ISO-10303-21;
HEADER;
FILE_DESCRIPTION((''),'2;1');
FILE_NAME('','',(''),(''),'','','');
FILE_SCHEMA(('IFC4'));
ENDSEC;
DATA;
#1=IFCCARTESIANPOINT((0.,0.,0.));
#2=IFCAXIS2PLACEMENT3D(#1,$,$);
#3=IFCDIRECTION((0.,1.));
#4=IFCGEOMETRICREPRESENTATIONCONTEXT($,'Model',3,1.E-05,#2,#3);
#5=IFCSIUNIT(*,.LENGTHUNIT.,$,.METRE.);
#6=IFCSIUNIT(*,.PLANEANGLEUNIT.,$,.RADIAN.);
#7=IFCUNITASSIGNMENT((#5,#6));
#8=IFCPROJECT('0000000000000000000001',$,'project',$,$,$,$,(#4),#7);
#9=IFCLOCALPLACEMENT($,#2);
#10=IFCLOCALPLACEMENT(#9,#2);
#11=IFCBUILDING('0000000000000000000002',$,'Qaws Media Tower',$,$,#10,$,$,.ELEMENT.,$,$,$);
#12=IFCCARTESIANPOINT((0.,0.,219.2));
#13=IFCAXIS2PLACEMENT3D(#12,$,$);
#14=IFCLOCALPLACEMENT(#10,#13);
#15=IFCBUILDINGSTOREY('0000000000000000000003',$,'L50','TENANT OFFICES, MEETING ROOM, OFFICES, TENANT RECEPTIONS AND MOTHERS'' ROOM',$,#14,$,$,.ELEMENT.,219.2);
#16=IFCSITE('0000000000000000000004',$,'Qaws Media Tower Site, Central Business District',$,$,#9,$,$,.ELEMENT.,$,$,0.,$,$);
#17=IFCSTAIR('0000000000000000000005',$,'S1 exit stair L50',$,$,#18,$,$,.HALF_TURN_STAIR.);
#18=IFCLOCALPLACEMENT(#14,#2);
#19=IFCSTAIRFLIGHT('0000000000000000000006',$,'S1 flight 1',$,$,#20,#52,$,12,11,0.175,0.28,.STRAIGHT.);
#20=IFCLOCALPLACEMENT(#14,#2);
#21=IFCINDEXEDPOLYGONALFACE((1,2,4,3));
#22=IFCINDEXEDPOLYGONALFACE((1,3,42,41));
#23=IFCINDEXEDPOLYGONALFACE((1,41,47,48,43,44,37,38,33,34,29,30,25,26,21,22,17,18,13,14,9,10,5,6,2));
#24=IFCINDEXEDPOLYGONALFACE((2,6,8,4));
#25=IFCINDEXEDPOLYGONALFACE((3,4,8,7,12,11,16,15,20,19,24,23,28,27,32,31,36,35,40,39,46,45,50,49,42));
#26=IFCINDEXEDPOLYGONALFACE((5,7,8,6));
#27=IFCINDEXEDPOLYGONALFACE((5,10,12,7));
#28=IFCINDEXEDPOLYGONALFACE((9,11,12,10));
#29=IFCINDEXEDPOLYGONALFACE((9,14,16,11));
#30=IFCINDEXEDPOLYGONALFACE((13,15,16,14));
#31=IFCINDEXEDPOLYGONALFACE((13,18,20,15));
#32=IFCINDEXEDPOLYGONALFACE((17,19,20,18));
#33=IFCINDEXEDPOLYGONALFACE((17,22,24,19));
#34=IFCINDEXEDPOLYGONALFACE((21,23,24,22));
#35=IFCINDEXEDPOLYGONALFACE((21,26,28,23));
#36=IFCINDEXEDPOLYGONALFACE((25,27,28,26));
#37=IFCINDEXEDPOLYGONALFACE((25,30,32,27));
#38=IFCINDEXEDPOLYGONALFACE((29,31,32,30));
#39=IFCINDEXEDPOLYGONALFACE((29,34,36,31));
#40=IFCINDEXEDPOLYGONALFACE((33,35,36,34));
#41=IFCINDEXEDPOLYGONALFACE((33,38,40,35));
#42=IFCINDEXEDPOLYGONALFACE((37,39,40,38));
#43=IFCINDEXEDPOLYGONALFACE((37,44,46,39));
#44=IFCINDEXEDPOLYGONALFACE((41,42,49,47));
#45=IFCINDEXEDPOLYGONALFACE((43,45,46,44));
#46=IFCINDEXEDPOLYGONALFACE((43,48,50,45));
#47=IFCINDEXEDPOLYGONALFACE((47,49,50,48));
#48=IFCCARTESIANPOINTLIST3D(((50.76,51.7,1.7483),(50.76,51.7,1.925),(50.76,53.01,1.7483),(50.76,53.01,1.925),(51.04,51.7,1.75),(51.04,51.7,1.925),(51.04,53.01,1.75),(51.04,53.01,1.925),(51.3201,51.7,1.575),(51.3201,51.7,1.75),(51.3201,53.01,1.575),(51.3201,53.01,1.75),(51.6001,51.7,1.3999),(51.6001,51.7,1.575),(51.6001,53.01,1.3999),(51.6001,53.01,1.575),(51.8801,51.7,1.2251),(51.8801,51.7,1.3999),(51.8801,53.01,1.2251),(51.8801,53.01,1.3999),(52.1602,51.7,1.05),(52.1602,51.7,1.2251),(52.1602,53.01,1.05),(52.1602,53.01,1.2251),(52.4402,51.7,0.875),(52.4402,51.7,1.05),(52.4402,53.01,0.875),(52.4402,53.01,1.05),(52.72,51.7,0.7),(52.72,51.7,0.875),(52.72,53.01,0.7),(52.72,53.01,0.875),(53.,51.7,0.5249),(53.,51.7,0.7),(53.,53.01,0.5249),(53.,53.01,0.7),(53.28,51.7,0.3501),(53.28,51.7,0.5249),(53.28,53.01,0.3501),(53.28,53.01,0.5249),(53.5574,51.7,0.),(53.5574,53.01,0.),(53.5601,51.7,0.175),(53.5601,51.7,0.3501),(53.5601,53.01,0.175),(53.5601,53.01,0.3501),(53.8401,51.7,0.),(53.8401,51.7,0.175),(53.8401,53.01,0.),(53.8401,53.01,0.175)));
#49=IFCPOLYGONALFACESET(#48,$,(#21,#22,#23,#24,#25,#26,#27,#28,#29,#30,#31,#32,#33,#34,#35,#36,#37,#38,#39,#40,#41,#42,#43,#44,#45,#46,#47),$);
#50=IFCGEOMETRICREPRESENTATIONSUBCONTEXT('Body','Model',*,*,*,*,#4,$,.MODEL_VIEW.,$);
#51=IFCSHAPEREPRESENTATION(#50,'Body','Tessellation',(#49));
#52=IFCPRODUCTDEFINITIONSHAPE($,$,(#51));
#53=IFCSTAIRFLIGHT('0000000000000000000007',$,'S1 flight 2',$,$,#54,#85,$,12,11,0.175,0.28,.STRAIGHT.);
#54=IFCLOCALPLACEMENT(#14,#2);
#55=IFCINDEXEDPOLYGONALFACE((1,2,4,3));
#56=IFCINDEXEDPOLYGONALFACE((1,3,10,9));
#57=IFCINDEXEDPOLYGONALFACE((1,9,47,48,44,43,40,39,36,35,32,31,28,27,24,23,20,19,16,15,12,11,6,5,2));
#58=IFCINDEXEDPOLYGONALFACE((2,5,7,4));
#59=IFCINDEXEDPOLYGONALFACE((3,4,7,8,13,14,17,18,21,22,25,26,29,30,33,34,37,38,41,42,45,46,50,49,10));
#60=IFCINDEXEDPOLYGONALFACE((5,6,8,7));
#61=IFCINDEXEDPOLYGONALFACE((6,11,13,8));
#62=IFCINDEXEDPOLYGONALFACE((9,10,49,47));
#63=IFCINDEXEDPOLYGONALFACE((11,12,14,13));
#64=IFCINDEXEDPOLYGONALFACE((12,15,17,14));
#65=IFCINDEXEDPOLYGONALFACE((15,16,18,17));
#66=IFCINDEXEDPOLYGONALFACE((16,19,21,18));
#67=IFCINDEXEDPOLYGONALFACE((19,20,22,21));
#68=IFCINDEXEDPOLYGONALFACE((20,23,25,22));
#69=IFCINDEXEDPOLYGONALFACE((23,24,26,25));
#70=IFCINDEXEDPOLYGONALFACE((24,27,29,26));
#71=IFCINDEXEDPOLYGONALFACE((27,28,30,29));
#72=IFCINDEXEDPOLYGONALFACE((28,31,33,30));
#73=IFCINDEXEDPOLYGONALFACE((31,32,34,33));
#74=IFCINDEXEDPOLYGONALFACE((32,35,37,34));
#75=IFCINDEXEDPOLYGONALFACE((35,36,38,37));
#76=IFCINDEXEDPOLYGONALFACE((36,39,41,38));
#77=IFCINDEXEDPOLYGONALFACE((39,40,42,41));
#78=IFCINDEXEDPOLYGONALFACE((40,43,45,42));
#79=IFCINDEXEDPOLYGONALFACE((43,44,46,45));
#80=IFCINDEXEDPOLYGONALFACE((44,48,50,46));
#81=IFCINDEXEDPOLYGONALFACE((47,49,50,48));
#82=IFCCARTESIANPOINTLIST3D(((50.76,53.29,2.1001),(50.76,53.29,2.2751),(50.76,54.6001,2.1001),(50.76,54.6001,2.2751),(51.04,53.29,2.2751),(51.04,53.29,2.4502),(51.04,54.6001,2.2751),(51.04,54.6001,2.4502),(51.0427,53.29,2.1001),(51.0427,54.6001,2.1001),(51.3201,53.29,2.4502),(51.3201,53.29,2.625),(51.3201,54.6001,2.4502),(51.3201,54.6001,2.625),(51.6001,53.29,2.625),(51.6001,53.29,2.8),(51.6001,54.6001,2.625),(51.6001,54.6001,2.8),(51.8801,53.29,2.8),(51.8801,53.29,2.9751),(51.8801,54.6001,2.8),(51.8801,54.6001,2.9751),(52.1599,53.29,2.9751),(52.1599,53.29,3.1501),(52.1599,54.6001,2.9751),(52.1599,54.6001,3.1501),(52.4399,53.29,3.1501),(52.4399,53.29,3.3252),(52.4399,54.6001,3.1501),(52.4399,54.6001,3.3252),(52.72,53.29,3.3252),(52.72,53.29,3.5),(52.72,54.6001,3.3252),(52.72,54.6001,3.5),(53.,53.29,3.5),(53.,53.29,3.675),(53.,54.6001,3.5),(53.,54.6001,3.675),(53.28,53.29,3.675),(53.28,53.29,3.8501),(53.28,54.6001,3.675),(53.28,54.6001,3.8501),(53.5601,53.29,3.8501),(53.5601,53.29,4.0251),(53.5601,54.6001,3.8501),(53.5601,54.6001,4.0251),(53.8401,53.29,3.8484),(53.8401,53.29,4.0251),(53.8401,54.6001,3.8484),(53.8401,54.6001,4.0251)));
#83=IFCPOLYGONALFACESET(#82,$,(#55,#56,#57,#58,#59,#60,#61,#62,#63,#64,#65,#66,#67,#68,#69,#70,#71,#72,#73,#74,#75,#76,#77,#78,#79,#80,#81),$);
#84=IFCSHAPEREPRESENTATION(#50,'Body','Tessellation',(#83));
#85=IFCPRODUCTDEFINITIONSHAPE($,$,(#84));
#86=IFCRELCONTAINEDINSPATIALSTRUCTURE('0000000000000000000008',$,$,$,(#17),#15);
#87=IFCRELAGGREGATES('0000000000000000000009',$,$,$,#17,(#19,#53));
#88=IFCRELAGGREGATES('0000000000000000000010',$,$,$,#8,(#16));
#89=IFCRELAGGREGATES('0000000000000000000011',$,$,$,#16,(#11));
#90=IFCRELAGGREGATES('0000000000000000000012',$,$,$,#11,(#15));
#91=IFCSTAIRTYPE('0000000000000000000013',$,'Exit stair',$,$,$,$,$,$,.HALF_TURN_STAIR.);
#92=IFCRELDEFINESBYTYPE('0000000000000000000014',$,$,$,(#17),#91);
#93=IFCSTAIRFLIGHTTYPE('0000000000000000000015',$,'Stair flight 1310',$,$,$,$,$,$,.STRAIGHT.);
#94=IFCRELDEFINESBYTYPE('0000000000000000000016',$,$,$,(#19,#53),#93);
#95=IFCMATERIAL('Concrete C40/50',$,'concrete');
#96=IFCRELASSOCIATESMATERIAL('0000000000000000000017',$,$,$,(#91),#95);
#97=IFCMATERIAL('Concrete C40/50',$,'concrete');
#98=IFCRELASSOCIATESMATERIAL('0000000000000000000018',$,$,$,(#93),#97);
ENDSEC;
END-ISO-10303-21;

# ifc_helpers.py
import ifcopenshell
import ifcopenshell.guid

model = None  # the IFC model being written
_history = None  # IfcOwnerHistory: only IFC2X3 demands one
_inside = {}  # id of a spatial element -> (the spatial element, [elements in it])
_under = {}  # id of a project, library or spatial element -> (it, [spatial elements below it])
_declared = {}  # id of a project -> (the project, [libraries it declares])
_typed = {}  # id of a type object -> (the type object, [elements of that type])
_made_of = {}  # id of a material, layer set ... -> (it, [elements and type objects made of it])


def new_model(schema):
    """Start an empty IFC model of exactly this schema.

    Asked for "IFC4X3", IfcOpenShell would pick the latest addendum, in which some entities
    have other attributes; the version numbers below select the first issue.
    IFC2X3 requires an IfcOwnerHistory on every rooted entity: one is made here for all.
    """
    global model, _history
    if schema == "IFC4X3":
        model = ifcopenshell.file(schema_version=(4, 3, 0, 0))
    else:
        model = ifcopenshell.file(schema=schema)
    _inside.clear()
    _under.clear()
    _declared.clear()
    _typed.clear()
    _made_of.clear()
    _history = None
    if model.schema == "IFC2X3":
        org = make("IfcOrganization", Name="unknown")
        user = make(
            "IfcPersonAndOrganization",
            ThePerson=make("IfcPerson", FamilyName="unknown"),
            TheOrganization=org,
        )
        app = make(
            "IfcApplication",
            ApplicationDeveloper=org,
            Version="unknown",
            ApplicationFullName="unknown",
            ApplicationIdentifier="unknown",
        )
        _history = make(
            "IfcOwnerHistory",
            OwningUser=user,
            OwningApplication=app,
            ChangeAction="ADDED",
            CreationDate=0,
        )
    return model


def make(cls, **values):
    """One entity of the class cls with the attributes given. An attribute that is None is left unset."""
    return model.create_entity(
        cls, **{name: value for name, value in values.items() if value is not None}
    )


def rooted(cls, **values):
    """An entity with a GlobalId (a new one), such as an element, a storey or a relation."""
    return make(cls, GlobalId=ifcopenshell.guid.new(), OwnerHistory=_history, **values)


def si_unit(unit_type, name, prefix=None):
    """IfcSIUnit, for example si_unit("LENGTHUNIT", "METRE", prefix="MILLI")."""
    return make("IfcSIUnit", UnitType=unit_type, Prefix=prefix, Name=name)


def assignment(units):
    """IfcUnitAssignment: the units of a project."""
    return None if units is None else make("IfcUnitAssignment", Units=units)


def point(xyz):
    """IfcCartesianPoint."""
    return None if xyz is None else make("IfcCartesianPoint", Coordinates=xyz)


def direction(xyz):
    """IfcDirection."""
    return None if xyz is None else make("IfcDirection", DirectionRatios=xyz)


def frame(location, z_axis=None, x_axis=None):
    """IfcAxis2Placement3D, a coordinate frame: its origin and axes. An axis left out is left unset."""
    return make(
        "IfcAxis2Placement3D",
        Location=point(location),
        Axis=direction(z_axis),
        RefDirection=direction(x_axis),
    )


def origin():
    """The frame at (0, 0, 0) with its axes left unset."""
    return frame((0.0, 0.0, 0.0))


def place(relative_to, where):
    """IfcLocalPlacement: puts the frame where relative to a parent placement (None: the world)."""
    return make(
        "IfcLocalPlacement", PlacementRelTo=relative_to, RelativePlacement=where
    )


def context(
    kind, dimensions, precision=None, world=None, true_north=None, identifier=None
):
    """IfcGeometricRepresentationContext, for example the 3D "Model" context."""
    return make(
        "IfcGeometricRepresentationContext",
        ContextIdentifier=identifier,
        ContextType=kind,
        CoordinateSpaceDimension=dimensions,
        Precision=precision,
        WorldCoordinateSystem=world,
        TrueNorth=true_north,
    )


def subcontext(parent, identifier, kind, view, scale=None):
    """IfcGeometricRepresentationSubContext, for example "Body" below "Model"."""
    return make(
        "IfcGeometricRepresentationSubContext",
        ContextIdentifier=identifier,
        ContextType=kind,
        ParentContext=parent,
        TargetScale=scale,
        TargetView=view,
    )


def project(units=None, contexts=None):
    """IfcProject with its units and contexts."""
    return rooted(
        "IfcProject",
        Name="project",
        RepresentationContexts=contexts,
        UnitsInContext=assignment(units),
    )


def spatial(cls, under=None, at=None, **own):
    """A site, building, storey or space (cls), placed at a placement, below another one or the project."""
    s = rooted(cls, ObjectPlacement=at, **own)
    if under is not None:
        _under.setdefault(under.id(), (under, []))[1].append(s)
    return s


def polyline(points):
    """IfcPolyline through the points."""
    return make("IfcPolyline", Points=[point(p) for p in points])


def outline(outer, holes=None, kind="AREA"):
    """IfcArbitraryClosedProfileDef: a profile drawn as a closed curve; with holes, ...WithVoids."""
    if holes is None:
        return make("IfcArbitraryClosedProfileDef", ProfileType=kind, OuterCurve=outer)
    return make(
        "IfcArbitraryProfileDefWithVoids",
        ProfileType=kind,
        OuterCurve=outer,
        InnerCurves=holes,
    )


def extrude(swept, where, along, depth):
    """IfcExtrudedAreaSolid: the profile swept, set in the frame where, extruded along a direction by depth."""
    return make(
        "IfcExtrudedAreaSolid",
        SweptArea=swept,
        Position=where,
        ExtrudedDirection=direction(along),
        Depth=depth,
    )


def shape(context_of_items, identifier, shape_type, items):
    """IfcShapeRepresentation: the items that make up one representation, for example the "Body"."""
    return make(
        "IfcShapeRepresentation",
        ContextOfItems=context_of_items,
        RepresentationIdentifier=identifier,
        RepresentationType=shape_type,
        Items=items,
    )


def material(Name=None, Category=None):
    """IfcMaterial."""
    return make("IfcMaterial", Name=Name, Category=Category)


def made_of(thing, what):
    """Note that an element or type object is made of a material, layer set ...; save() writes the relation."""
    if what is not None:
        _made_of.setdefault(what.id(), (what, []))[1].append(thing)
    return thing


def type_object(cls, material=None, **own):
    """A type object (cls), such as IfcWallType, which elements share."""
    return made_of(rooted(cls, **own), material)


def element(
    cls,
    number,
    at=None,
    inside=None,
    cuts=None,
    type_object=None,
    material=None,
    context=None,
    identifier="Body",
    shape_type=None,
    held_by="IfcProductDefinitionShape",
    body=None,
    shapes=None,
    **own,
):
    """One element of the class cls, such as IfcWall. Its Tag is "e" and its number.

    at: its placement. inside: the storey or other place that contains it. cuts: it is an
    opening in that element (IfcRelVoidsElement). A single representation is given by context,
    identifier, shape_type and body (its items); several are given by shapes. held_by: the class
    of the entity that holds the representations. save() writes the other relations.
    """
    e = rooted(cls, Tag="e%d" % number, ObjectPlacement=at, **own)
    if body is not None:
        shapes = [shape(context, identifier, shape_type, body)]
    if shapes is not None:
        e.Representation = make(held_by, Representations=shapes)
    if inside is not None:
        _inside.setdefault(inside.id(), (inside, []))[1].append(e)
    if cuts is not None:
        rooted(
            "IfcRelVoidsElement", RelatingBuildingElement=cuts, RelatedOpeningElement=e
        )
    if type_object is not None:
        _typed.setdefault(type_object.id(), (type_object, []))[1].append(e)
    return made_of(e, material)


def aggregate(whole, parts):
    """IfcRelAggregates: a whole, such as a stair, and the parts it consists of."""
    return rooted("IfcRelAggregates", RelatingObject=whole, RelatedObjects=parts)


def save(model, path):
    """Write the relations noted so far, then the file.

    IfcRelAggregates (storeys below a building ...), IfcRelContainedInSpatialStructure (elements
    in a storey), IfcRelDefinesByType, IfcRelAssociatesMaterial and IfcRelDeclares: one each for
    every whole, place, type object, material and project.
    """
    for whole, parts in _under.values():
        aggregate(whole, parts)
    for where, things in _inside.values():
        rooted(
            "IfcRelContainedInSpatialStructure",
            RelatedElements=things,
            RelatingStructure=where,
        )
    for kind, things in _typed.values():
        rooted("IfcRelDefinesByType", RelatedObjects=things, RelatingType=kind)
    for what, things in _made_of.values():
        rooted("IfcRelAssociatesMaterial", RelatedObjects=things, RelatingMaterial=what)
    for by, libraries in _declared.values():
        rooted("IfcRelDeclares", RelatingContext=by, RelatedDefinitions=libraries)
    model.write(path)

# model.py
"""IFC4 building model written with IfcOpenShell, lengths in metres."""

from ifc_helpers import new_model, si_unit, direction, frame, origin, place, context, subcontext, project, spatial, polyline, outline, extrude, material, type_object, element, aggregate, save


model = new_model("IFC4")

# Units and contexts
model_context = context("Model", 3, precision=1e-05, world=origin(), true_north=direction((0.0, 1.0)))
body_context = subcontext(model_context, "Body", "Model", "MODEL_VIEW")
ifc_project = project(units=[si_unit("LENGTHUNIT", "METRE"), si_unit("PLANEANGLEUNIT", "RADIAN")], contexts=[model_context])

# Site, building, storey
site_placement = place(None, origin())
site = spatial("IfcSite", under=ifc_project, at=site_placement, Name="Qaws Media Tower Site, Central Business District", CompositionType="ELEMENT", RefElevation=0.0)
building_placement = place(site_placement, origin())
building = spatial("IfcBuilding", under=site, at=building_placement, Name="Qaws Media Tower", CompositionType="ELEMENT")
storey_placement = place(building_placement, frame((0.0, 0.0, 219.2)))
storey = spatial("IfcBuildingStorey", under=building, at=storey_placement, Name="L50", Description="TENANT OFFICES, MEETING ROOM, OFFICES, TENANT RECEPTIONS AND MOTHERS' ROOM", CompositionType="ELEMENT", Elevation=219.2)

# Stair, stair flights
ifc_material_1 = material(Name="Concrete C40/50", Category="concrete")
stair_type = type_object("IfcStairType", Name="Exit stair", PredefinedType="HALF_TURN_STAIR", material=ifc_material_1)
stair_placement = place(storey_placement, origin())
stair = element("IfcStair", 1, at=stair_placement, inside=storey, type_object=stair_type, Name="S1 exit stair L50", PredefinedType="HALF_TURN_STAIR")
ifc_material_2 = material(Name="Concrete C40/50", Category="concrete")
stair_flight_type = type_object("IfcStairFlightType", Name="Stair flight 1310", PredefinedType="STRAIGHT", material=ifc_material_2)
stair_flight_1_placement = place(storey_placement, frame((53.8401, 52.355, 0.0), z_axis=(0.0, 0.0, 1.0), x_axis=(-1.0, 0.0, 0.0)))
stair_flight_1 = element("IfcStairFlight", 2, at=stair_flight_1_placement, type_object=stair_flight_type, Name="S1 flight 1", NumberOfRisers=12, NumberOfTreads=11, PredefinedType="STRAIGHT", RiserHeight=0.175, TreadLength=0.28, context=body_context, shape_type="SweptSolid", body=[
    extrude(outline(polyline([(0.0, 0.0), (0.0, 0.175), (0.28, 0.175), (0.28, 0.3501), (0.5601, 0.3501), (0.5601, 0.5249), (0.8401, 0.5249), (0.8401, 0.7), (1.1201, 0.7), (1.1201, 0.875), (1.3999, 0.875), (1.3999, 1.05), (1.6799, 1.05), (1.6799, 1.2251), (1.96, 1.2251), (1.96, 1.3999), (2.24, 1.3999), (2.24, 1.575), (2.52, 1.575), (2.52, 1.75), (2.8, 1.75), (2.8, 1.925), (3.0801, 1.925), (3.0801, 2.1001), (3.0801, 1.7483), (0.2827, 0.0), (0.0, 0.0)])), frame((0.0, 0.655, 0.0), z_axis=(0.0, -1.0, 0.0), x_axis=(1.0, 0.0, 0.0)), (0.0, 0.0, 1.0), 1.3101),
])
stair_flight_2_placement = place(storey_placement, frame((50.76, 53.9451, 2.1001), z_axis=(0.0, 0.0, 1.0), x_axis=(1.0, 0.0, 0.0)))
stair_flight_2 = element("IfcStairFlight", 3, at=stair_flight_2_placement, type_object=stair_flight_type, Name="S1 flight 2", NumberOfRisers=12, NumberOfTreads=11, PredefinedType="STRAIGHT", RiserHeight=0.175, TreadLength=0.28, context=body_context, shape_type="SweptSolid", body=[
    extrude(outline(polyline([(0.0, 0.0), (0.0, 0.175), (0.28, 0.175), (0.28, 0.3501), (0.5601, 0.3501), (0.5601, 0.5249), (0.8401, 0.5249), (0.8401, 0.7), (1.1201, 0.7), (1.1201, 0.875), (1.3999, 0.875), (1.3999, 1.05), (1.6799, 1.05), (1.6799, 1.2251), (1.96, 1.2251), (1.96, 1.3999), (2.24, 1.3999), (2.24, 1.575), (2.52, 1.575), (2.52, 1.75), (2.8, 1.75), (2.8, 1.925), (3.0801, 1.925), (3.0801, 2.1001), (3.0801, 1.7483), (0.2827, 0.0), (0.0, 0.0)])), frame((0.0, 0.655, 0.0), z_axis=(0.0, -1.0, 0.0), x_axis=(1.0, 0.0, 0.0)), (0.0, 0.0, 1.0), 1.3101),
])
aggregate(stair, [stair_flight_1, stair_flight_2])

save(model, "model.ifc")
